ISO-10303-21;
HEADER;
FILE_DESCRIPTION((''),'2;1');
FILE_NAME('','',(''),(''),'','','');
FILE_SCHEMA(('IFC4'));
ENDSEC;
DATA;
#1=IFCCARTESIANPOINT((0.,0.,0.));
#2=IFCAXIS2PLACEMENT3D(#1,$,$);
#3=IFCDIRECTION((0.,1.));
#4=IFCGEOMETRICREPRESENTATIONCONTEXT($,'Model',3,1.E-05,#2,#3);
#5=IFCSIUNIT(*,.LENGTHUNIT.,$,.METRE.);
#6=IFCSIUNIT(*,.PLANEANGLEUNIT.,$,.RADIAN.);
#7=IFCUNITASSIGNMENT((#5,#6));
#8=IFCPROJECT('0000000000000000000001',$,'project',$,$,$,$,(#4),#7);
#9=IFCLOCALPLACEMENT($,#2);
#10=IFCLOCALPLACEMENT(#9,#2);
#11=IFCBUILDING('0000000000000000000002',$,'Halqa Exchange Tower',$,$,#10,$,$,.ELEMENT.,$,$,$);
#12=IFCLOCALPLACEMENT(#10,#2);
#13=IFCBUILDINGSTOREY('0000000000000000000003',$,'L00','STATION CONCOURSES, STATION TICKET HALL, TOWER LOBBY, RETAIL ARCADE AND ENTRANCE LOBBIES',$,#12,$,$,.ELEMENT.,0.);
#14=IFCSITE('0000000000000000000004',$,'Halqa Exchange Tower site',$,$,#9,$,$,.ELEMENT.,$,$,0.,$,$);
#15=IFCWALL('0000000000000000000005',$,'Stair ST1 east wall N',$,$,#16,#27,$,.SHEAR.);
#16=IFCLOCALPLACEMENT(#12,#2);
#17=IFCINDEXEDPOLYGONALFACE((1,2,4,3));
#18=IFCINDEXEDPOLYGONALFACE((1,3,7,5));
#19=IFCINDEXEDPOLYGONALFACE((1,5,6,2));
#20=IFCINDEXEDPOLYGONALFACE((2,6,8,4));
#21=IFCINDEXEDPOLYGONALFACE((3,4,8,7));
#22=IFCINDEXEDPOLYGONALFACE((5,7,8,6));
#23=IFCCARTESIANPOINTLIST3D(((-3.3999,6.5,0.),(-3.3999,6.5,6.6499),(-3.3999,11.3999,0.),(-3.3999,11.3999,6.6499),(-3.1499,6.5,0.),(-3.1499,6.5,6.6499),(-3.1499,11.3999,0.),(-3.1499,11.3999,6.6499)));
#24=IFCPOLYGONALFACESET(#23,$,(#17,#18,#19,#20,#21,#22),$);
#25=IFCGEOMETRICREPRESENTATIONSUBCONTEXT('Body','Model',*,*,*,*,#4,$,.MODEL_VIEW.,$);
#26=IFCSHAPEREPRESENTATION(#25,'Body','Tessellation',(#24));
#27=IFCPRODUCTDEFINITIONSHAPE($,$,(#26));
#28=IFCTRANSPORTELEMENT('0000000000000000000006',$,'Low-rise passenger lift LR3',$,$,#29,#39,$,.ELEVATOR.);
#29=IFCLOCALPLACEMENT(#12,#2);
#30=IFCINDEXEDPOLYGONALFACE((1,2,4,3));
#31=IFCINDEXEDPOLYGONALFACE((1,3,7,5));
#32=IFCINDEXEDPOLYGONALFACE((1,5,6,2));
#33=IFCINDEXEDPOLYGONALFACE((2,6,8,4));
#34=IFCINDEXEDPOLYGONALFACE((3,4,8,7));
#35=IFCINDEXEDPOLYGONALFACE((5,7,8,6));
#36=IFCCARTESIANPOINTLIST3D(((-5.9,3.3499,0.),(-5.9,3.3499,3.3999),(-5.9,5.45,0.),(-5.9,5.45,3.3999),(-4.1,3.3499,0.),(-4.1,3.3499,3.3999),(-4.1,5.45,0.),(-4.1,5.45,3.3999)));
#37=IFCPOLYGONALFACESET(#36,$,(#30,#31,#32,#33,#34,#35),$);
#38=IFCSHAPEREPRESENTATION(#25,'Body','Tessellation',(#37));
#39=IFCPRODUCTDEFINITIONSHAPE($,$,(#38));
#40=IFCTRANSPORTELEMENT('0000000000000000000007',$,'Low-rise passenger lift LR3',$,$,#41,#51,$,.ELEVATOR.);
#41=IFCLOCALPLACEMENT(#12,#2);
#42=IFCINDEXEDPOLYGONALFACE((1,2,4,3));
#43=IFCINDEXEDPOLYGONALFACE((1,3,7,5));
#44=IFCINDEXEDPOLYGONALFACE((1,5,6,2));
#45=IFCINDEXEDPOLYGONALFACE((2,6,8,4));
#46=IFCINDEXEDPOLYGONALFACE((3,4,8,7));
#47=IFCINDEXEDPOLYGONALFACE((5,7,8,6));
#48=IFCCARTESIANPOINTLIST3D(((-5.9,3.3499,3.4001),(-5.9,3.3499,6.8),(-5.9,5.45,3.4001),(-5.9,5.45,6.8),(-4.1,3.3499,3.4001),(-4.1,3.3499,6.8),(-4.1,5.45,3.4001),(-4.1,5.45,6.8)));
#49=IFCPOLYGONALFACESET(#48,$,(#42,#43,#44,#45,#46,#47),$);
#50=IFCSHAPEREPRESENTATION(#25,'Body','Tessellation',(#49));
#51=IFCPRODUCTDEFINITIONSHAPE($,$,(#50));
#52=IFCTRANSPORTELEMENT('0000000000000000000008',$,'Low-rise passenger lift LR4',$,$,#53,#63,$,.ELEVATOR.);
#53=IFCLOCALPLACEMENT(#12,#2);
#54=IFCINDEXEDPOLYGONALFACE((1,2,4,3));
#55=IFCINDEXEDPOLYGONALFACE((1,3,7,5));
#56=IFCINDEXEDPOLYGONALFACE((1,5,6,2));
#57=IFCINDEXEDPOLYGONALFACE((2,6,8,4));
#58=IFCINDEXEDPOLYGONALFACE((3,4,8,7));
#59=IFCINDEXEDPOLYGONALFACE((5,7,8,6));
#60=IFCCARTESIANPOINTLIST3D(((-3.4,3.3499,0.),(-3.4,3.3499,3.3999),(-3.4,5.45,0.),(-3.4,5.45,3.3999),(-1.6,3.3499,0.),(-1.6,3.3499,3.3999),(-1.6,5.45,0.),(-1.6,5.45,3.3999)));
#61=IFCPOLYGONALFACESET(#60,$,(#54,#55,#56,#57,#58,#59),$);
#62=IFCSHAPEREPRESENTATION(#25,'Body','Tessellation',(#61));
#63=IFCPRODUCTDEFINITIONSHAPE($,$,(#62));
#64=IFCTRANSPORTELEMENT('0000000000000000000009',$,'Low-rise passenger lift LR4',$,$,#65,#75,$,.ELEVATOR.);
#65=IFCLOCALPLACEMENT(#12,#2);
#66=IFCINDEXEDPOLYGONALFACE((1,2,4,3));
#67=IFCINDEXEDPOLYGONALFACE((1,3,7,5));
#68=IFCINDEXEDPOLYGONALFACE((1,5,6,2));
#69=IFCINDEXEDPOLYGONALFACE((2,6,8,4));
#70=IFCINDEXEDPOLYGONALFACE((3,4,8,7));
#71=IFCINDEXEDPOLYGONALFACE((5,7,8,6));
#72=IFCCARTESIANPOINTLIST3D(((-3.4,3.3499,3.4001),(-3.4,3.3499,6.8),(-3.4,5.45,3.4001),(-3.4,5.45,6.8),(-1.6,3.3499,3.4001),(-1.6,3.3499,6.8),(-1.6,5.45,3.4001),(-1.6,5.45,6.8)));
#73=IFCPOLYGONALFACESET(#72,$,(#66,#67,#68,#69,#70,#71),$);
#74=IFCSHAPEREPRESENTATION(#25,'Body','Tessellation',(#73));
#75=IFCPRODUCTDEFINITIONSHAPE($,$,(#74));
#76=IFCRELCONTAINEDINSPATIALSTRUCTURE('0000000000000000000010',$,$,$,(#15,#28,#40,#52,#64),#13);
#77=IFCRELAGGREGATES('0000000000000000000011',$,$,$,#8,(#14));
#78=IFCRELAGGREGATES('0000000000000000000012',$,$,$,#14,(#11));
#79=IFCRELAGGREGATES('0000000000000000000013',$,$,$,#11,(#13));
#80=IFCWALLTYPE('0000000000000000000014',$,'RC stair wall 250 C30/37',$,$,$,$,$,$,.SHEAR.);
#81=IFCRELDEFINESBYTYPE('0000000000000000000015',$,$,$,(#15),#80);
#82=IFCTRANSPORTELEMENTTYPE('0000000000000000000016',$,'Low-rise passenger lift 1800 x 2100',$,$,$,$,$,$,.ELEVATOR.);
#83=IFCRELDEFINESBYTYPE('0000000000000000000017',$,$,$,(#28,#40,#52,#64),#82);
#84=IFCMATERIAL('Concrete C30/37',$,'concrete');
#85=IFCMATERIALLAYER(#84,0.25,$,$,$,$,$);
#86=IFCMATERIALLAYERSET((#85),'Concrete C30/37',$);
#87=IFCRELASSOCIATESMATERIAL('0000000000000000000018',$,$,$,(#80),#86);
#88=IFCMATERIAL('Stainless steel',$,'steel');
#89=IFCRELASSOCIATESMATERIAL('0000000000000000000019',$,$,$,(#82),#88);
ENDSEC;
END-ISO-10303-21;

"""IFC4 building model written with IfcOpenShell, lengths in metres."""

from ifc_helpers import new_model, si_unit, direction, frame, frame_2d, origin, origin_2d, place, context, subcontext, project, spatial, rectangle, extrude, material, layer, layer_set, type_object, element, save


model = new_model("IFC4")

# Units and contexts
model_context = context("Model", 3, precision=1e-05, world=origin(), true_north=direction((0.0, 1.0)))
body_context = subcontext(model_context, "Body", "Model", "MODEL_VIEW")
ifc_project = project(units=[si_unit("LENGTHUNIT", "METRE"), si_unit("PLANEANGLEUNIT", "RADIAN")], contexts=[model_context])

# Site, building, storey
site_placement = place(None, origin())
site = spatial("IfcSite", under=ifc_project, at=site_placement, Name="Halqa Exchange Tower site", CompositionType="ELEMENT", RefElevation=0.0)
building_placement = place(site_placement, origin())
building = spatial("IfcBuilding", under=site, at=building_placement, Name="Halqa Exchange Tower", CompositionType="ELEMENT")
storey_placement = place(building_placement, origin())
storey = spatial("IfcBuildingStorey", under=building, at=storey_placement, Name="L00", Description="STATION CONCOURSES, STATION TICKET HALL, TOWER LOBBY, RETAIL ARCADE AND ENTRANCE LOBBIES", CompositionType="ELEMENT", Elevation=0.0)

# Wall
ifc_material_1 = material(Name="Concrete C30/37", Category="concrete")
ifc_layer_1 = layer(ifc_material_1, 0.25)
ifc_layer_set_1 = layer_set([ifc_layer_1], Name="Concrete C30/37")
wall_type_1 = type_object("IfcWallType", Name="RC stair wall 250 C30/37", PredefinedType="SHEAR", material=ifc_layer_set_1)
wall_1_placement = place(storey_placement, frame((-3.2749, 6.5, 0.0), z_axis=(0.0, 0.0, 1.0), x_axis=(0.0, 1.0, 0.0)))
element("IfcWall", 1, at=wall_1_placement, inside=storey, type_object=wall_type_1, Name="Stair ST1 east wall N", PredefinedType="SHEAR", context=body_context, shape_type="SweptSolid", body=[
    extrude(rectangle(XDim=4.8999, YDim=0.25, at=frame_2d((2.45, 0.0))), origin(), (0.0, 0.0, 1.0), 6.6499),
])

# Transport elements
ifc_material_2 = material(Name="Stainless steel", Category="steel")
transport_element_type = type_object("IfcTransportElementType", Name="Low-rise passenger lift 1800 x 2100", PredefinedType="ELEVATOR", material=ifc_material_2)
for number, where, z_axis, x_axis, name in (
    (2, (-5.0, 4.3999, 0.0), (0.0, 0.0, 1.0), (1.0, 0.0, 0.0), "Low-rise passenger lift LR3"),
    (3, (-5.0, 4.3999, 3.4001), (0.0, 0.0, 1.0), (1.0, 0.0, 0.0), "Low-rise passenger lift LR3"),
    (4, (-2.5, 4.3999, 0.0), (0.0, 0.0, 1.0), (1.0, 0.0, 0.0), "Low-rise passenger lift LR4"),
    (5, (-2.5, 4.3999, 3.4001), (0.0, 0.0, 1.0), (1.0, 0.0, 0.0), "Low-rise passenger lift LR4"),
):
    element("IfcTransportElement", number, at=place(storey_placement, frame(where, z_axis=z_axis, x_axis=x_axis)), inside=storey, type_object=transport_element_type, Name=name, PredefinedType="ELEVATOR", context=body_context, shape_type="SweptSolid", body=[
        extrude(rectangle(XDim=1.8, YDim=2.1001, at=origin_2d()), origin(), (0.0, 0.0, 1.0), 3.3999),
    ])

save(model, "model.ifc")
